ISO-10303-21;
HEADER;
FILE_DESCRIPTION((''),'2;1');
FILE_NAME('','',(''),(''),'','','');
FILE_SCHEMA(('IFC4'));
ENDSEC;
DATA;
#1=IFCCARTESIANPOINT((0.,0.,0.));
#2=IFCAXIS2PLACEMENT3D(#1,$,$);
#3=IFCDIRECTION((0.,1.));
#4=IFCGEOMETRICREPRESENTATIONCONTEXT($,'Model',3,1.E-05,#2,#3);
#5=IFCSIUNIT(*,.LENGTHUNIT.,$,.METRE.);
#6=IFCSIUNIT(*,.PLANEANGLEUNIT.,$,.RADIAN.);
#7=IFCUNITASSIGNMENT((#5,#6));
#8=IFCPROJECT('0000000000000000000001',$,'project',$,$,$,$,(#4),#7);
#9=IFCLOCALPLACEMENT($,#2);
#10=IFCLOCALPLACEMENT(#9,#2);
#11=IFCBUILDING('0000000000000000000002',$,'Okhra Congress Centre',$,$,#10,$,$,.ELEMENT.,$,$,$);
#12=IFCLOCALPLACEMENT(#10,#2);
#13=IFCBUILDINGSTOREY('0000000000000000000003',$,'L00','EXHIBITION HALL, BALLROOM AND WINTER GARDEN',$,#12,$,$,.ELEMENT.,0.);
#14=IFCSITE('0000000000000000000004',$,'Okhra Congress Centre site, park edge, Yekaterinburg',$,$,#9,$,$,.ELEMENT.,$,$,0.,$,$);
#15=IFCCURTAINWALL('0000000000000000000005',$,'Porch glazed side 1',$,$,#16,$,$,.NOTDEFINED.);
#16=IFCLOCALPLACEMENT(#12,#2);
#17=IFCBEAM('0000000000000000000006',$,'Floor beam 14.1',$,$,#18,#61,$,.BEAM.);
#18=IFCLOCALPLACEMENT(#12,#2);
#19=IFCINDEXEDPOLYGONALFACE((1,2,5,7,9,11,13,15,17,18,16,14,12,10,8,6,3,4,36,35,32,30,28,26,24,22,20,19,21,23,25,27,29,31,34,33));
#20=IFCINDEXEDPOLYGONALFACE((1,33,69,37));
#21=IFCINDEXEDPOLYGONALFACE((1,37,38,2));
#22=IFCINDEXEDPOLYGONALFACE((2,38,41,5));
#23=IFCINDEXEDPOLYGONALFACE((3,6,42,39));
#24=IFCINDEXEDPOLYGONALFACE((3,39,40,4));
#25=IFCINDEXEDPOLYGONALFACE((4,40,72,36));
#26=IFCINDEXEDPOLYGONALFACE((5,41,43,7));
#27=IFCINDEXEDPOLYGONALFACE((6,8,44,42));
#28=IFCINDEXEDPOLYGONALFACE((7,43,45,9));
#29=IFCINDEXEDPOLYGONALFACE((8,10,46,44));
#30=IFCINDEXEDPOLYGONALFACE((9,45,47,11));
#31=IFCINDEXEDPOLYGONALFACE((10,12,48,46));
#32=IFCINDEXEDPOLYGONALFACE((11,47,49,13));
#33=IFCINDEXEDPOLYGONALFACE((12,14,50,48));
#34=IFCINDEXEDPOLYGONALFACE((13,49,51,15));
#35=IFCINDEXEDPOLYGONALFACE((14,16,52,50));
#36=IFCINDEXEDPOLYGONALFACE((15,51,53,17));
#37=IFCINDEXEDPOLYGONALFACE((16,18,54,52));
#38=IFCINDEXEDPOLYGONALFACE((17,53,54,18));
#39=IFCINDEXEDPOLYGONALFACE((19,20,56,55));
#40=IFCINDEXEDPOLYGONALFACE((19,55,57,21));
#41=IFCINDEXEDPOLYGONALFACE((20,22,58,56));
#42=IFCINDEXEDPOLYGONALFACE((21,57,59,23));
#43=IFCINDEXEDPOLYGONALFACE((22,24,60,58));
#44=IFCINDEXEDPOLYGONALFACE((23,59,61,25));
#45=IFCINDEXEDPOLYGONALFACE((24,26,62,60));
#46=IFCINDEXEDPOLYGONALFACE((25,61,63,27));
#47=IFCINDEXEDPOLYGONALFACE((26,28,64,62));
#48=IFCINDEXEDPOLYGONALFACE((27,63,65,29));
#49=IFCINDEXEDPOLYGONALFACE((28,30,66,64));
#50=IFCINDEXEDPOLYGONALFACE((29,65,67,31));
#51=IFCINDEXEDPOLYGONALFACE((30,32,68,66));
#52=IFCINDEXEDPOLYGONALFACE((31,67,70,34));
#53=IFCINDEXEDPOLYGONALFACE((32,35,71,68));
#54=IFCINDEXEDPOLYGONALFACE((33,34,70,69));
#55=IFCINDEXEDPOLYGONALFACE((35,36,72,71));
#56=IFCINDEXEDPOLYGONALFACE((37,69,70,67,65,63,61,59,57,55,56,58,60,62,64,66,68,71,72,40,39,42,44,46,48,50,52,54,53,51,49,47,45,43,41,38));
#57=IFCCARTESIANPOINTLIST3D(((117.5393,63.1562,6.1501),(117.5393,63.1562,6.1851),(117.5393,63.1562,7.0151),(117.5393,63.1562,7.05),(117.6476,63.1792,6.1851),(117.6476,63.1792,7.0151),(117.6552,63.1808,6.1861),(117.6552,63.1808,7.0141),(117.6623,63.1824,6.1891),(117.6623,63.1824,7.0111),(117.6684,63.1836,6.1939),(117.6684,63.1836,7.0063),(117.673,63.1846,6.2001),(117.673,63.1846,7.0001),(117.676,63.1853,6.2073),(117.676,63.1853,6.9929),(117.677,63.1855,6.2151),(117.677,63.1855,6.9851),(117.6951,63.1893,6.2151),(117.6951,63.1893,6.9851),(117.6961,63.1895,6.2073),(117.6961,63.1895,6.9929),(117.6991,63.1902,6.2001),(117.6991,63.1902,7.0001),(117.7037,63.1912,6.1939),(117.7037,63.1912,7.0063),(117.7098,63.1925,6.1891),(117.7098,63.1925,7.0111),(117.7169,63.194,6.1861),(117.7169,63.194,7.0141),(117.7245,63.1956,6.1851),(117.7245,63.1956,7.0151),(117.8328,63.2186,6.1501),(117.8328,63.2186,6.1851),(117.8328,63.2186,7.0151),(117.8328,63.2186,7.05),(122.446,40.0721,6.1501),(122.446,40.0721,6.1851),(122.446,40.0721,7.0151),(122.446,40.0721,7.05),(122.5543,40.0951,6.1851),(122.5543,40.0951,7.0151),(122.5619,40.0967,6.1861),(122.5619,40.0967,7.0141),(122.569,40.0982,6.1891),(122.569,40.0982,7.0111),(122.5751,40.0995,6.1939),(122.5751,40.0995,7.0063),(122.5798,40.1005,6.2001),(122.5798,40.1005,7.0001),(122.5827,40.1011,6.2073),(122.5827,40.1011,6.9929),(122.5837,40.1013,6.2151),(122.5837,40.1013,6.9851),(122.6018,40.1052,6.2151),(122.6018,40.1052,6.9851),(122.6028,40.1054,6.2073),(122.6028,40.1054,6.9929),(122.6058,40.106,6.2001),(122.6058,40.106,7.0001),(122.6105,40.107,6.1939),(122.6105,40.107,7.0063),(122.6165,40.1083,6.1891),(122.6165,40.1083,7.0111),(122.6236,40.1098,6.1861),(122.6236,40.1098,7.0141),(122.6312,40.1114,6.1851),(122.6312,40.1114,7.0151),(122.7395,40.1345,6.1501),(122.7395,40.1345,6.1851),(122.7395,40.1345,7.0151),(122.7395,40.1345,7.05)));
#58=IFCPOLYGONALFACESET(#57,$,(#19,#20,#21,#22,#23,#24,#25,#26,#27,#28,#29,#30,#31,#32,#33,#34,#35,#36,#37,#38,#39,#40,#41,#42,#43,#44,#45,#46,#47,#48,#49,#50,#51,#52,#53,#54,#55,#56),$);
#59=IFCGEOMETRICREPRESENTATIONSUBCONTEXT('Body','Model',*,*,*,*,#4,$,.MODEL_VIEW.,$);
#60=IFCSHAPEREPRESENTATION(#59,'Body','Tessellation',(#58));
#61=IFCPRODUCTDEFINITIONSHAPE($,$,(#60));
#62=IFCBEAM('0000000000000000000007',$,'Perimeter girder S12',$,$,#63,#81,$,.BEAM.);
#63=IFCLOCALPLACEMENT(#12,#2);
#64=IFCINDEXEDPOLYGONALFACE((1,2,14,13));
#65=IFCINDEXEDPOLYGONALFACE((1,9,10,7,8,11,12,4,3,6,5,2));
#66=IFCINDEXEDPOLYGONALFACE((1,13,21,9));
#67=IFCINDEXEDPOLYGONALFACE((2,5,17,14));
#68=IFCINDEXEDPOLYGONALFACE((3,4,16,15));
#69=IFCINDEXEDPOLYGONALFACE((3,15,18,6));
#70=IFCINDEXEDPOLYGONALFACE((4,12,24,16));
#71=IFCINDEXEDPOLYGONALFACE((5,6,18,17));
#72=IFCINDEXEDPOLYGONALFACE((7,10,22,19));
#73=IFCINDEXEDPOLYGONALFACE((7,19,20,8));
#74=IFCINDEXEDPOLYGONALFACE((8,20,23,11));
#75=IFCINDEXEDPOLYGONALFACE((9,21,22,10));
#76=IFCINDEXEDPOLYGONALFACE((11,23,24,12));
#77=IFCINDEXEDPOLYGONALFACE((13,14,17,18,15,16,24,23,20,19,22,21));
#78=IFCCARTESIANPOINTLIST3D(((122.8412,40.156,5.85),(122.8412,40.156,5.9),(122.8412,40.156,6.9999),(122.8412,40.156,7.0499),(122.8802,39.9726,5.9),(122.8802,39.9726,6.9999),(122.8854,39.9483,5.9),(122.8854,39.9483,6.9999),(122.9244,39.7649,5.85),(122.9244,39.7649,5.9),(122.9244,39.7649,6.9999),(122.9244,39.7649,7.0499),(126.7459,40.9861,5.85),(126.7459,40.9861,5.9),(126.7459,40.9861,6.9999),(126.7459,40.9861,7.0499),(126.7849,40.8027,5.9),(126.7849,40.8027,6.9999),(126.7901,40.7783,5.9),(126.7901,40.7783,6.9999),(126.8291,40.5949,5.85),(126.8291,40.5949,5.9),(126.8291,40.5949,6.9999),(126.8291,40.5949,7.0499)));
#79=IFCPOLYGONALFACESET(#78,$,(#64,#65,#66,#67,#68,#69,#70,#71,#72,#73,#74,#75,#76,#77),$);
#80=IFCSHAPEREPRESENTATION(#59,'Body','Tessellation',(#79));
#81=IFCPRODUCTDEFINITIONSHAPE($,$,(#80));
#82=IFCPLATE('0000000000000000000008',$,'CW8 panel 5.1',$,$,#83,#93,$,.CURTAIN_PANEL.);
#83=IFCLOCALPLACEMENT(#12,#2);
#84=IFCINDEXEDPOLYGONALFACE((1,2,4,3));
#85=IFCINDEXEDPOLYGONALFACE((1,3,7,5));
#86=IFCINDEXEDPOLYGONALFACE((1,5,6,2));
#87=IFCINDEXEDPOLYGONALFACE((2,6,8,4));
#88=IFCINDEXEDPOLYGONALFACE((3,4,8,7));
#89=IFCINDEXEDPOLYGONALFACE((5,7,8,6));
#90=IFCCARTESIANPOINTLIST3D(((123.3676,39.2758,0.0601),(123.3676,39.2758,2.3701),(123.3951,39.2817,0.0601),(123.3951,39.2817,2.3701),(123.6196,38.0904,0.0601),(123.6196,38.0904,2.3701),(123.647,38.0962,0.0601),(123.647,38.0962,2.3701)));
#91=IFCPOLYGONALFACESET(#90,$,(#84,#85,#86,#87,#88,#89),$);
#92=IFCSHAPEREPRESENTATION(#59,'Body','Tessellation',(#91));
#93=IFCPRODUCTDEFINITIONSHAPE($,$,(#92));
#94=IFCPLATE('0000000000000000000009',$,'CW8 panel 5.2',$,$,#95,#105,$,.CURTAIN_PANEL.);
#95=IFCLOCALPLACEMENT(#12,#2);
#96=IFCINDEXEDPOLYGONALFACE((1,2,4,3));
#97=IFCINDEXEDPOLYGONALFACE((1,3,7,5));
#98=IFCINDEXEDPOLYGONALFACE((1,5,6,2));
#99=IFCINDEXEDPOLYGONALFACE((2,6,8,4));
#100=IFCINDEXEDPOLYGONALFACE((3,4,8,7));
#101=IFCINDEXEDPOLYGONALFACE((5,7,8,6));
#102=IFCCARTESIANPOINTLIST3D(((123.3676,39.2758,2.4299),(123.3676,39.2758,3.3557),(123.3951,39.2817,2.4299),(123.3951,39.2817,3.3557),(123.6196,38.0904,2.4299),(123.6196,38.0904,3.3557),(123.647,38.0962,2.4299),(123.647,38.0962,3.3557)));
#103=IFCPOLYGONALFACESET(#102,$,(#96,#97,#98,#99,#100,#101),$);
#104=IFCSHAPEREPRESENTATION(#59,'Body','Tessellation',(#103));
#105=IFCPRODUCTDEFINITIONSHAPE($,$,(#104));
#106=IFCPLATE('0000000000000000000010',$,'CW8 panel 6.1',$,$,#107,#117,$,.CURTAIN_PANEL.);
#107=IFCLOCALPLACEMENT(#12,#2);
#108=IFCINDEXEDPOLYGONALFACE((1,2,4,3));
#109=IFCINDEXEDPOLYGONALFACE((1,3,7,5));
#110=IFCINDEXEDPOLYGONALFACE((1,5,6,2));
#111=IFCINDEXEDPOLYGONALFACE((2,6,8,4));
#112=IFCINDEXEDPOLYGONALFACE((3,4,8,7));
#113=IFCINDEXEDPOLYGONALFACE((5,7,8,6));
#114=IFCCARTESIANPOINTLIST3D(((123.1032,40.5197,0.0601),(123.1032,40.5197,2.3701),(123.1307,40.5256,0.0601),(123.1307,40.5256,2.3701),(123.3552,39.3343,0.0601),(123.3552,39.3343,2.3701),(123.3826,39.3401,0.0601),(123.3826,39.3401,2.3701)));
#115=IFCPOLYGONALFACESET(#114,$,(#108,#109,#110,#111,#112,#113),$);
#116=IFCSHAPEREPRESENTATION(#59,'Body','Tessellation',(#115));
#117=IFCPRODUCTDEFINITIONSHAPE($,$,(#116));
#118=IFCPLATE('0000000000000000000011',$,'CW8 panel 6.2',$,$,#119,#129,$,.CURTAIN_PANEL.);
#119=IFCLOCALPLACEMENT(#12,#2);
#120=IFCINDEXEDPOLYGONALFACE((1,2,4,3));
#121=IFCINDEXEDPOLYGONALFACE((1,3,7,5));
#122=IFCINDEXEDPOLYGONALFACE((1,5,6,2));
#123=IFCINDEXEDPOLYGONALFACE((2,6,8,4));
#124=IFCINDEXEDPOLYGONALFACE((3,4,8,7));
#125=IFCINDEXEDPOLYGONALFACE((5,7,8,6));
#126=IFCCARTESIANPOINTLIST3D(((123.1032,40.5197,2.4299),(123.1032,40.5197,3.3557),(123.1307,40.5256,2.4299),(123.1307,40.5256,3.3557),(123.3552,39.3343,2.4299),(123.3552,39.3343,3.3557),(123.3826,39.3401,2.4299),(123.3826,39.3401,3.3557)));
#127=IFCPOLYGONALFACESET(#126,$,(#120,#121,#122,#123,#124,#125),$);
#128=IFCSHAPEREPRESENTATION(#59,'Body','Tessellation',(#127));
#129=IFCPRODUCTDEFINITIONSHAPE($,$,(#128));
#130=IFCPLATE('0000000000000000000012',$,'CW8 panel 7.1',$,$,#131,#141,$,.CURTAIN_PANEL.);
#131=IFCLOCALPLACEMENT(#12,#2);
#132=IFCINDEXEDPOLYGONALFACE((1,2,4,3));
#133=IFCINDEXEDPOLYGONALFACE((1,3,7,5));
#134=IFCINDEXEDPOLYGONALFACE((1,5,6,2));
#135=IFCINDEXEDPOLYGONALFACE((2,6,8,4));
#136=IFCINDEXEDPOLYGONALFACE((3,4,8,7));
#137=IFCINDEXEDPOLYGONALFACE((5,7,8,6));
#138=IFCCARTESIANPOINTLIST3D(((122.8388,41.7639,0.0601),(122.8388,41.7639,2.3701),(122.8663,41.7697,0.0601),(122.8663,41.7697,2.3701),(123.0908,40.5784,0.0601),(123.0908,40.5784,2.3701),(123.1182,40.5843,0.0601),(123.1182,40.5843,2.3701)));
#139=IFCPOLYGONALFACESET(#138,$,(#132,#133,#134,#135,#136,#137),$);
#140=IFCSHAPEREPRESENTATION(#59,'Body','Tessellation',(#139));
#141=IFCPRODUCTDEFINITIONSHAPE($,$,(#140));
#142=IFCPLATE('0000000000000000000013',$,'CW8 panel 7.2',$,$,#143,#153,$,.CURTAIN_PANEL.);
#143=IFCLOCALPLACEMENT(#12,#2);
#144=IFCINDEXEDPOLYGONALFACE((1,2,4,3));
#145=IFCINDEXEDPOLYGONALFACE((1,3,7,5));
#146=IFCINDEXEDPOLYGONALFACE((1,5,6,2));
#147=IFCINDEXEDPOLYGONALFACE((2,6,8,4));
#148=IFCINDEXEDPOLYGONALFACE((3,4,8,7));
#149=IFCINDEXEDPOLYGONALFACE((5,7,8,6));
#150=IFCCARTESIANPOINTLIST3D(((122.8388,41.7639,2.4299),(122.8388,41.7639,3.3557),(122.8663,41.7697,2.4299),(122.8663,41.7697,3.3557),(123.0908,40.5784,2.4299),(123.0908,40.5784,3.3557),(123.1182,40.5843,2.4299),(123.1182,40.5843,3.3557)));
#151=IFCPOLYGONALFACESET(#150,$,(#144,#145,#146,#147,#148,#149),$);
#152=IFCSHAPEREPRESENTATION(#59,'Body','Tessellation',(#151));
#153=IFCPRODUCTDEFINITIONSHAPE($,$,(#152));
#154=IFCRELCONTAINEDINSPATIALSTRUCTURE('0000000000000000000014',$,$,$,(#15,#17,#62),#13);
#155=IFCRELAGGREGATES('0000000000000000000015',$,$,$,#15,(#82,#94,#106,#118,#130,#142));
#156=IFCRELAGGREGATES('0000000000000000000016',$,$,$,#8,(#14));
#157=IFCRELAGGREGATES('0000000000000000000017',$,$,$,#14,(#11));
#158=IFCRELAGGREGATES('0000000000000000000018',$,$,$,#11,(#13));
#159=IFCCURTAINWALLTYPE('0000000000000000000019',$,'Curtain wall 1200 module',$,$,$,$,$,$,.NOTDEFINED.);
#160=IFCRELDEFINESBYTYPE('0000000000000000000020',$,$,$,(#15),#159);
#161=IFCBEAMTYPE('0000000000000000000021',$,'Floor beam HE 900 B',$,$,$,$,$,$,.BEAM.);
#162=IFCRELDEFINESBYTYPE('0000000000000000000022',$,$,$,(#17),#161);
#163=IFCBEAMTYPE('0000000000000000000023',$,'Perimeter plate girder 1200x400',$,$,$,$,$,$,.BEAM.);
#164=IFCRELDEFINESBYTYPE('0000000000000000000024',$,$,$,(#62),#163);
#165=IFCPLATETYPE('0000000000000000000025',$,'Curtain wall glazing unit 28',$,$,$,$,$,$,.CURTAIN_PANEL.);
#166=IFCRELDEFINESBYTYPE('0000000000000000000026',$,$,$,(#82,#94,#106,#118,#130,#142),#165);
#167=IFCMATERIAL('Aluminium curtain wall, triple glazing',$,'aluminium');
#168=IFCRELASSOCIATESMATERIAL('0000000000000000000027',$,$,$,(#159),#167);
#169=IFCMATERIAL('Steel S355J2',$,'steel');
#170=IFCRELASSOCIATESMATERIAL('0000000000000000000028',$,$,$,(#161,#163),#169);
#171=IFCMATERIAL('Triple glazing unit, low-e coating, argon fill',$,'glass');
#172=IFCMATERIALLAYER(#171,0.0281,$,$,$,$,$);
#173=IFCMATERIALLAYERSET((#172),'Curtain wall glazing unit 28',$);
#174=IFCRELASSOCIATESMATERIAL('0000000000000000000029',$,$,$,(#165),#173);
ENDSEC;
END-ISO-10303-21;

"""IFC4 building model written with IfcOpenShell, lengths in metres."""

from ifc_helpers import new_model, si_unit, direction, frame, origin, origin_2d, place, context, subcontext, project, spatial, rectangle, i_section, extrude, material, layer, layer_set, material_profile, profile_set, type_object, element, aggregate, save


model = new_model("IFC4")

# Units and contexts
model_context = context("Model", 3, precision=1e-05, world=origin(), true_north=direction((0.0, 1.0)))
body_context = subcontext(model_context, "Body", "Model", "MODEL_VIEW")
ifc_project = project(units=[si_unit("LENGTHUNIT", "METRE"), si_unit("PLANEANGLEUNIT", "RADIAN")], contexts=[model_context])

# Site, building, storey
site_placement = place(None, origin())
site = spatial("IfcSite", under=ifc_project, at=site_placement, Name="Okhra Congress Centre site, park edge, Yekaterinburg", CompositionType="ELEMENT", RefElevation=0.0)
building_placement = place(site_placement, origin())
building = spatial("IfcBuilding", under=site, at=building_placement, Name="Okhra Congress Centre", CompositionType="ELEMENT")
storey_placement = place(building_placement, origin())
storey = spatial("IfcBuildingStorey", under=building, at=storey_placement, Name="L00", Description="EXHIBITION HALL, BALLROOM AND WINTER GARDEN", CompositionType="ELEMENT", Elevation=0.0)

# Curtain wall
ifc_material_1 = material(Name="Aluminium curtain wall, triple glazing", Category="aluminium")
curtain_wall_type = type_object("IfcCurtainWallType", Name="Curtain wall 1200 module", PredefinedType="NOTDEFINED", material=ifc_material_1)
curtain_wall_placement = place(storey_placement, origin())
curtain_wall = element("IfcCurtainWall", 1, at=curtain_wall_placement, inside=storey, type_object=curtain_wall_type, Name="Porch glazed side 1", PredefinedType="NOTDEFINED")

# Beams
ifc_material_2 = material(Name="Steel S355J2", Category="steel")
ifc_material_profile_1 = material_profile(ifc_material_2, i_section(OverallWidth=0.3, OverallDepth=0.8999, WebThickness=0.0186, FlangeThickness=0.0349, FilletRadius=0.03, at=origin_2d()), Name="HE 900 B")
ifc_profile_set_1 = profile_set([ifc_material_profile_1], Name="Steel S355J2")
beam_type_1 = type_object("IfcBeamType", Name="Floor beam HE 900 B", PredefinedType="BEAM", material=ifc_profile_set_1)
beam_1_placement = place(storey_placement, frame((122.5928, 40.1033, 6.6001), z_axis=(-0.207913, 0.978147, 0.0), x_axis=(-0.978147, -0.207913, 0.0)))
element("IfcBeam", 2, at=beam_1_placement, inside=storey, type_object=beam_type_1, Name="Floor beam 14.1", PredefinedType="BEAM", context=body_context, shape_type="SweptSolid", body=[
    extrude(i_section(OverallWidth=0.3, OverallDepth=0.8999, WebThickness=0.0186, FlangeThickness=0.0349, FilletRadius=0.03, at=origin_2d()), origin(), (0.0, 0.0, 1.0), 23.5999),
])
ifc_material_profile_2 = material_profile(ifc_material_2, i_section(OverallWidth=0.3999, OverallDepth=1.2, WebThickness=0.0249, FlangeThickness=0.05, at=origin_2d()), Name="Plate girder 1200x400")
ifc_profile_set_2 = profile_set([ifc_material_profile_2], Name="Steel S355J2")
beam_type_2 = type_object("IfcBeamType", Name="Perimeter plate girder 1200x400", PredefinedType="BEAM", material=ifc_profile_set_2)
beam_2_placement = place(storey_placement, frame((122.8828, 39.9604, 6.45), z_axis=(0.978143, 0.207933, 0.0), x_axis=(-0.207933, 0.978143, 0.0)))
element("IfcBeam", 3, at=beam_2_placement, inside=storey, type_object=beam_type_2, Name="Perimeter girder S12", PredefinedType="BEAM", context=body_context, shape_type="SweptSolid", body=[
    extrude(i_section(OverallWidth=0.3999, OverallDepth=1.2, WebThickness=0.0249, FlangeThickness=0.05, at=origin_2d()), origin(), (0.0, 0.0, 1.0), 3.9919),
])

# Plates
ifc_material_3 = material(Name="Triple glazing unit, low-e coating, argon fill", Category="glass")
ifc_layer = layer(ifc_material_3, 0.0281)
ifc_layer_set = layer_set([ifc_layer], Name="Curtain wall glazing unit 28")
plate_type = type_object("IfcPlateType", Name="Curtain wall glazing unit 28", PredefinedType="CURTAIN_PANEL", material=ifc_layer_set)
plate_1_placement = place(storey_placement, frame((123.5073, 38.686, 0.0601), z_axis=(0.0, 0.0, 1.0), x_axis=(-0.207912, 0.978148, 0.0)))
plate_1 = element("IfcPlate", 4, at=plate_1_placement, type_object=plate_type, Name="CW8 panel 5.1", PredefinedType="CURTAIN_PANEL", context=body_context, shape_type="SweptSolid", body=[
    extrude(rectangle(XDim=1.2119, YDim=0.0281, at=origin_2d()), origin(), (0.0, 0.0, 1.0), 2.3101),
])
plate_2_placement = place(storey_placement, frame((123.5073, 38.686, 2.4299), z_axis=(0.0, 0.0, 1.0), x_axis=(-0.207912, 0.978148, 0.0)))
plate_2 = element("IfcPlate", 5, at=plate_2_placement, type_object=plate_type, Name="CW8 panel 5.2", PredefinedType="CURTAIN_PANEL", context=body_context, shape_type="SweptSolid", body=[
    extrude(rectangle(XDim=1.2119, YDim=0.0281, at=origin_2d()), origin(), (0.0, 0.0, 1.0), 0.9258),
])
plate_3_placement = place(storey_placement, frame((123.2429, 39.9299, 0.0601), z_axis=(0.0, 0.0, 1.0), x_axis=(-0.207912, 0.978148, 0.0)))
plate_3 = element("IfcPlate", 6, at=plate_3_placement, type_object=plate_type, Name="CW8 panel 6.1", PredefinedType="CURTAIN_PANEL", context=body_context, shape_type="SweptSolid", body=[
    extrude(rectangle(XDim=1.2119, YDim=0.0281, at=origin_2d()), origin(), (0.0, 0.0, 1.0), 2.3101),
])
plate_4_placement = place(storey_placement, frame((123.2429, 39.9299, 2.4299), z_axis=(0.0, 0.0, 1.0), x_axis=(-0.207912, 0.978148, 0.0)))
plate_4 = element("IfcPlate", 7, at=plate_4_placement, type_object=plate_type, Name="CW8 panel 6.2", PredefinedType="CURTAIN_PANEL", context=body_context, shape_type="SweptSolid", body=[
    extrude(rectangle(XDim=1.2119, YDim=0.0281, at=origin_2d()), origin(), (0.0, 0.0, 1.0), 0.9258),
])
plate_5_placement = place(storey_placement, frame((122.9785, 41.1741, 0.0601), z_axis=(0.0, 0.0, 1.0), x_axis=(-0.207912, 0.978148, 0.0)))
plate_5 = element("IfcPlate", 8, at=plate_5_placement, type_object=plate_type, Name="CW8 panel 7.1", PredefinedType="CURTAIN_PANEL", context=body_context, shape_type="SweptSolid", body=[
    extrude(rectangle(XDim=1.2119, YDim=0.0281, at=origin_2d()), origin(), (0.0, 0.0, 1.0), 2.3101),
])
plate_6_placement = place(storey_placement, frame((122.9785, 41.1741, 2.4299), z_axis=(0.0, 0.0, 1.0), x_axis=(-0.207912, 0.978148, 0.0)))
plate_6 = element("IfcPlate", 9, at=plate_6_placement, type_object=plate_type, Name="CW8 panel 7.2", PredefinedType="CURTAIN_PANEL", context=body_context, shape_type="SweptSolid", body=[
    extrude(rectangle(XDim=1.2119, YDim=0.0281, at=origin_2d()), origin(), (0.0, 0.0, 1.0), 0.9258),
])
aggregate(curtain_wall, [plate_1, plate_2, plate_3, plate_4, plate_5, plate_6])

save(model, "model.ifc")
